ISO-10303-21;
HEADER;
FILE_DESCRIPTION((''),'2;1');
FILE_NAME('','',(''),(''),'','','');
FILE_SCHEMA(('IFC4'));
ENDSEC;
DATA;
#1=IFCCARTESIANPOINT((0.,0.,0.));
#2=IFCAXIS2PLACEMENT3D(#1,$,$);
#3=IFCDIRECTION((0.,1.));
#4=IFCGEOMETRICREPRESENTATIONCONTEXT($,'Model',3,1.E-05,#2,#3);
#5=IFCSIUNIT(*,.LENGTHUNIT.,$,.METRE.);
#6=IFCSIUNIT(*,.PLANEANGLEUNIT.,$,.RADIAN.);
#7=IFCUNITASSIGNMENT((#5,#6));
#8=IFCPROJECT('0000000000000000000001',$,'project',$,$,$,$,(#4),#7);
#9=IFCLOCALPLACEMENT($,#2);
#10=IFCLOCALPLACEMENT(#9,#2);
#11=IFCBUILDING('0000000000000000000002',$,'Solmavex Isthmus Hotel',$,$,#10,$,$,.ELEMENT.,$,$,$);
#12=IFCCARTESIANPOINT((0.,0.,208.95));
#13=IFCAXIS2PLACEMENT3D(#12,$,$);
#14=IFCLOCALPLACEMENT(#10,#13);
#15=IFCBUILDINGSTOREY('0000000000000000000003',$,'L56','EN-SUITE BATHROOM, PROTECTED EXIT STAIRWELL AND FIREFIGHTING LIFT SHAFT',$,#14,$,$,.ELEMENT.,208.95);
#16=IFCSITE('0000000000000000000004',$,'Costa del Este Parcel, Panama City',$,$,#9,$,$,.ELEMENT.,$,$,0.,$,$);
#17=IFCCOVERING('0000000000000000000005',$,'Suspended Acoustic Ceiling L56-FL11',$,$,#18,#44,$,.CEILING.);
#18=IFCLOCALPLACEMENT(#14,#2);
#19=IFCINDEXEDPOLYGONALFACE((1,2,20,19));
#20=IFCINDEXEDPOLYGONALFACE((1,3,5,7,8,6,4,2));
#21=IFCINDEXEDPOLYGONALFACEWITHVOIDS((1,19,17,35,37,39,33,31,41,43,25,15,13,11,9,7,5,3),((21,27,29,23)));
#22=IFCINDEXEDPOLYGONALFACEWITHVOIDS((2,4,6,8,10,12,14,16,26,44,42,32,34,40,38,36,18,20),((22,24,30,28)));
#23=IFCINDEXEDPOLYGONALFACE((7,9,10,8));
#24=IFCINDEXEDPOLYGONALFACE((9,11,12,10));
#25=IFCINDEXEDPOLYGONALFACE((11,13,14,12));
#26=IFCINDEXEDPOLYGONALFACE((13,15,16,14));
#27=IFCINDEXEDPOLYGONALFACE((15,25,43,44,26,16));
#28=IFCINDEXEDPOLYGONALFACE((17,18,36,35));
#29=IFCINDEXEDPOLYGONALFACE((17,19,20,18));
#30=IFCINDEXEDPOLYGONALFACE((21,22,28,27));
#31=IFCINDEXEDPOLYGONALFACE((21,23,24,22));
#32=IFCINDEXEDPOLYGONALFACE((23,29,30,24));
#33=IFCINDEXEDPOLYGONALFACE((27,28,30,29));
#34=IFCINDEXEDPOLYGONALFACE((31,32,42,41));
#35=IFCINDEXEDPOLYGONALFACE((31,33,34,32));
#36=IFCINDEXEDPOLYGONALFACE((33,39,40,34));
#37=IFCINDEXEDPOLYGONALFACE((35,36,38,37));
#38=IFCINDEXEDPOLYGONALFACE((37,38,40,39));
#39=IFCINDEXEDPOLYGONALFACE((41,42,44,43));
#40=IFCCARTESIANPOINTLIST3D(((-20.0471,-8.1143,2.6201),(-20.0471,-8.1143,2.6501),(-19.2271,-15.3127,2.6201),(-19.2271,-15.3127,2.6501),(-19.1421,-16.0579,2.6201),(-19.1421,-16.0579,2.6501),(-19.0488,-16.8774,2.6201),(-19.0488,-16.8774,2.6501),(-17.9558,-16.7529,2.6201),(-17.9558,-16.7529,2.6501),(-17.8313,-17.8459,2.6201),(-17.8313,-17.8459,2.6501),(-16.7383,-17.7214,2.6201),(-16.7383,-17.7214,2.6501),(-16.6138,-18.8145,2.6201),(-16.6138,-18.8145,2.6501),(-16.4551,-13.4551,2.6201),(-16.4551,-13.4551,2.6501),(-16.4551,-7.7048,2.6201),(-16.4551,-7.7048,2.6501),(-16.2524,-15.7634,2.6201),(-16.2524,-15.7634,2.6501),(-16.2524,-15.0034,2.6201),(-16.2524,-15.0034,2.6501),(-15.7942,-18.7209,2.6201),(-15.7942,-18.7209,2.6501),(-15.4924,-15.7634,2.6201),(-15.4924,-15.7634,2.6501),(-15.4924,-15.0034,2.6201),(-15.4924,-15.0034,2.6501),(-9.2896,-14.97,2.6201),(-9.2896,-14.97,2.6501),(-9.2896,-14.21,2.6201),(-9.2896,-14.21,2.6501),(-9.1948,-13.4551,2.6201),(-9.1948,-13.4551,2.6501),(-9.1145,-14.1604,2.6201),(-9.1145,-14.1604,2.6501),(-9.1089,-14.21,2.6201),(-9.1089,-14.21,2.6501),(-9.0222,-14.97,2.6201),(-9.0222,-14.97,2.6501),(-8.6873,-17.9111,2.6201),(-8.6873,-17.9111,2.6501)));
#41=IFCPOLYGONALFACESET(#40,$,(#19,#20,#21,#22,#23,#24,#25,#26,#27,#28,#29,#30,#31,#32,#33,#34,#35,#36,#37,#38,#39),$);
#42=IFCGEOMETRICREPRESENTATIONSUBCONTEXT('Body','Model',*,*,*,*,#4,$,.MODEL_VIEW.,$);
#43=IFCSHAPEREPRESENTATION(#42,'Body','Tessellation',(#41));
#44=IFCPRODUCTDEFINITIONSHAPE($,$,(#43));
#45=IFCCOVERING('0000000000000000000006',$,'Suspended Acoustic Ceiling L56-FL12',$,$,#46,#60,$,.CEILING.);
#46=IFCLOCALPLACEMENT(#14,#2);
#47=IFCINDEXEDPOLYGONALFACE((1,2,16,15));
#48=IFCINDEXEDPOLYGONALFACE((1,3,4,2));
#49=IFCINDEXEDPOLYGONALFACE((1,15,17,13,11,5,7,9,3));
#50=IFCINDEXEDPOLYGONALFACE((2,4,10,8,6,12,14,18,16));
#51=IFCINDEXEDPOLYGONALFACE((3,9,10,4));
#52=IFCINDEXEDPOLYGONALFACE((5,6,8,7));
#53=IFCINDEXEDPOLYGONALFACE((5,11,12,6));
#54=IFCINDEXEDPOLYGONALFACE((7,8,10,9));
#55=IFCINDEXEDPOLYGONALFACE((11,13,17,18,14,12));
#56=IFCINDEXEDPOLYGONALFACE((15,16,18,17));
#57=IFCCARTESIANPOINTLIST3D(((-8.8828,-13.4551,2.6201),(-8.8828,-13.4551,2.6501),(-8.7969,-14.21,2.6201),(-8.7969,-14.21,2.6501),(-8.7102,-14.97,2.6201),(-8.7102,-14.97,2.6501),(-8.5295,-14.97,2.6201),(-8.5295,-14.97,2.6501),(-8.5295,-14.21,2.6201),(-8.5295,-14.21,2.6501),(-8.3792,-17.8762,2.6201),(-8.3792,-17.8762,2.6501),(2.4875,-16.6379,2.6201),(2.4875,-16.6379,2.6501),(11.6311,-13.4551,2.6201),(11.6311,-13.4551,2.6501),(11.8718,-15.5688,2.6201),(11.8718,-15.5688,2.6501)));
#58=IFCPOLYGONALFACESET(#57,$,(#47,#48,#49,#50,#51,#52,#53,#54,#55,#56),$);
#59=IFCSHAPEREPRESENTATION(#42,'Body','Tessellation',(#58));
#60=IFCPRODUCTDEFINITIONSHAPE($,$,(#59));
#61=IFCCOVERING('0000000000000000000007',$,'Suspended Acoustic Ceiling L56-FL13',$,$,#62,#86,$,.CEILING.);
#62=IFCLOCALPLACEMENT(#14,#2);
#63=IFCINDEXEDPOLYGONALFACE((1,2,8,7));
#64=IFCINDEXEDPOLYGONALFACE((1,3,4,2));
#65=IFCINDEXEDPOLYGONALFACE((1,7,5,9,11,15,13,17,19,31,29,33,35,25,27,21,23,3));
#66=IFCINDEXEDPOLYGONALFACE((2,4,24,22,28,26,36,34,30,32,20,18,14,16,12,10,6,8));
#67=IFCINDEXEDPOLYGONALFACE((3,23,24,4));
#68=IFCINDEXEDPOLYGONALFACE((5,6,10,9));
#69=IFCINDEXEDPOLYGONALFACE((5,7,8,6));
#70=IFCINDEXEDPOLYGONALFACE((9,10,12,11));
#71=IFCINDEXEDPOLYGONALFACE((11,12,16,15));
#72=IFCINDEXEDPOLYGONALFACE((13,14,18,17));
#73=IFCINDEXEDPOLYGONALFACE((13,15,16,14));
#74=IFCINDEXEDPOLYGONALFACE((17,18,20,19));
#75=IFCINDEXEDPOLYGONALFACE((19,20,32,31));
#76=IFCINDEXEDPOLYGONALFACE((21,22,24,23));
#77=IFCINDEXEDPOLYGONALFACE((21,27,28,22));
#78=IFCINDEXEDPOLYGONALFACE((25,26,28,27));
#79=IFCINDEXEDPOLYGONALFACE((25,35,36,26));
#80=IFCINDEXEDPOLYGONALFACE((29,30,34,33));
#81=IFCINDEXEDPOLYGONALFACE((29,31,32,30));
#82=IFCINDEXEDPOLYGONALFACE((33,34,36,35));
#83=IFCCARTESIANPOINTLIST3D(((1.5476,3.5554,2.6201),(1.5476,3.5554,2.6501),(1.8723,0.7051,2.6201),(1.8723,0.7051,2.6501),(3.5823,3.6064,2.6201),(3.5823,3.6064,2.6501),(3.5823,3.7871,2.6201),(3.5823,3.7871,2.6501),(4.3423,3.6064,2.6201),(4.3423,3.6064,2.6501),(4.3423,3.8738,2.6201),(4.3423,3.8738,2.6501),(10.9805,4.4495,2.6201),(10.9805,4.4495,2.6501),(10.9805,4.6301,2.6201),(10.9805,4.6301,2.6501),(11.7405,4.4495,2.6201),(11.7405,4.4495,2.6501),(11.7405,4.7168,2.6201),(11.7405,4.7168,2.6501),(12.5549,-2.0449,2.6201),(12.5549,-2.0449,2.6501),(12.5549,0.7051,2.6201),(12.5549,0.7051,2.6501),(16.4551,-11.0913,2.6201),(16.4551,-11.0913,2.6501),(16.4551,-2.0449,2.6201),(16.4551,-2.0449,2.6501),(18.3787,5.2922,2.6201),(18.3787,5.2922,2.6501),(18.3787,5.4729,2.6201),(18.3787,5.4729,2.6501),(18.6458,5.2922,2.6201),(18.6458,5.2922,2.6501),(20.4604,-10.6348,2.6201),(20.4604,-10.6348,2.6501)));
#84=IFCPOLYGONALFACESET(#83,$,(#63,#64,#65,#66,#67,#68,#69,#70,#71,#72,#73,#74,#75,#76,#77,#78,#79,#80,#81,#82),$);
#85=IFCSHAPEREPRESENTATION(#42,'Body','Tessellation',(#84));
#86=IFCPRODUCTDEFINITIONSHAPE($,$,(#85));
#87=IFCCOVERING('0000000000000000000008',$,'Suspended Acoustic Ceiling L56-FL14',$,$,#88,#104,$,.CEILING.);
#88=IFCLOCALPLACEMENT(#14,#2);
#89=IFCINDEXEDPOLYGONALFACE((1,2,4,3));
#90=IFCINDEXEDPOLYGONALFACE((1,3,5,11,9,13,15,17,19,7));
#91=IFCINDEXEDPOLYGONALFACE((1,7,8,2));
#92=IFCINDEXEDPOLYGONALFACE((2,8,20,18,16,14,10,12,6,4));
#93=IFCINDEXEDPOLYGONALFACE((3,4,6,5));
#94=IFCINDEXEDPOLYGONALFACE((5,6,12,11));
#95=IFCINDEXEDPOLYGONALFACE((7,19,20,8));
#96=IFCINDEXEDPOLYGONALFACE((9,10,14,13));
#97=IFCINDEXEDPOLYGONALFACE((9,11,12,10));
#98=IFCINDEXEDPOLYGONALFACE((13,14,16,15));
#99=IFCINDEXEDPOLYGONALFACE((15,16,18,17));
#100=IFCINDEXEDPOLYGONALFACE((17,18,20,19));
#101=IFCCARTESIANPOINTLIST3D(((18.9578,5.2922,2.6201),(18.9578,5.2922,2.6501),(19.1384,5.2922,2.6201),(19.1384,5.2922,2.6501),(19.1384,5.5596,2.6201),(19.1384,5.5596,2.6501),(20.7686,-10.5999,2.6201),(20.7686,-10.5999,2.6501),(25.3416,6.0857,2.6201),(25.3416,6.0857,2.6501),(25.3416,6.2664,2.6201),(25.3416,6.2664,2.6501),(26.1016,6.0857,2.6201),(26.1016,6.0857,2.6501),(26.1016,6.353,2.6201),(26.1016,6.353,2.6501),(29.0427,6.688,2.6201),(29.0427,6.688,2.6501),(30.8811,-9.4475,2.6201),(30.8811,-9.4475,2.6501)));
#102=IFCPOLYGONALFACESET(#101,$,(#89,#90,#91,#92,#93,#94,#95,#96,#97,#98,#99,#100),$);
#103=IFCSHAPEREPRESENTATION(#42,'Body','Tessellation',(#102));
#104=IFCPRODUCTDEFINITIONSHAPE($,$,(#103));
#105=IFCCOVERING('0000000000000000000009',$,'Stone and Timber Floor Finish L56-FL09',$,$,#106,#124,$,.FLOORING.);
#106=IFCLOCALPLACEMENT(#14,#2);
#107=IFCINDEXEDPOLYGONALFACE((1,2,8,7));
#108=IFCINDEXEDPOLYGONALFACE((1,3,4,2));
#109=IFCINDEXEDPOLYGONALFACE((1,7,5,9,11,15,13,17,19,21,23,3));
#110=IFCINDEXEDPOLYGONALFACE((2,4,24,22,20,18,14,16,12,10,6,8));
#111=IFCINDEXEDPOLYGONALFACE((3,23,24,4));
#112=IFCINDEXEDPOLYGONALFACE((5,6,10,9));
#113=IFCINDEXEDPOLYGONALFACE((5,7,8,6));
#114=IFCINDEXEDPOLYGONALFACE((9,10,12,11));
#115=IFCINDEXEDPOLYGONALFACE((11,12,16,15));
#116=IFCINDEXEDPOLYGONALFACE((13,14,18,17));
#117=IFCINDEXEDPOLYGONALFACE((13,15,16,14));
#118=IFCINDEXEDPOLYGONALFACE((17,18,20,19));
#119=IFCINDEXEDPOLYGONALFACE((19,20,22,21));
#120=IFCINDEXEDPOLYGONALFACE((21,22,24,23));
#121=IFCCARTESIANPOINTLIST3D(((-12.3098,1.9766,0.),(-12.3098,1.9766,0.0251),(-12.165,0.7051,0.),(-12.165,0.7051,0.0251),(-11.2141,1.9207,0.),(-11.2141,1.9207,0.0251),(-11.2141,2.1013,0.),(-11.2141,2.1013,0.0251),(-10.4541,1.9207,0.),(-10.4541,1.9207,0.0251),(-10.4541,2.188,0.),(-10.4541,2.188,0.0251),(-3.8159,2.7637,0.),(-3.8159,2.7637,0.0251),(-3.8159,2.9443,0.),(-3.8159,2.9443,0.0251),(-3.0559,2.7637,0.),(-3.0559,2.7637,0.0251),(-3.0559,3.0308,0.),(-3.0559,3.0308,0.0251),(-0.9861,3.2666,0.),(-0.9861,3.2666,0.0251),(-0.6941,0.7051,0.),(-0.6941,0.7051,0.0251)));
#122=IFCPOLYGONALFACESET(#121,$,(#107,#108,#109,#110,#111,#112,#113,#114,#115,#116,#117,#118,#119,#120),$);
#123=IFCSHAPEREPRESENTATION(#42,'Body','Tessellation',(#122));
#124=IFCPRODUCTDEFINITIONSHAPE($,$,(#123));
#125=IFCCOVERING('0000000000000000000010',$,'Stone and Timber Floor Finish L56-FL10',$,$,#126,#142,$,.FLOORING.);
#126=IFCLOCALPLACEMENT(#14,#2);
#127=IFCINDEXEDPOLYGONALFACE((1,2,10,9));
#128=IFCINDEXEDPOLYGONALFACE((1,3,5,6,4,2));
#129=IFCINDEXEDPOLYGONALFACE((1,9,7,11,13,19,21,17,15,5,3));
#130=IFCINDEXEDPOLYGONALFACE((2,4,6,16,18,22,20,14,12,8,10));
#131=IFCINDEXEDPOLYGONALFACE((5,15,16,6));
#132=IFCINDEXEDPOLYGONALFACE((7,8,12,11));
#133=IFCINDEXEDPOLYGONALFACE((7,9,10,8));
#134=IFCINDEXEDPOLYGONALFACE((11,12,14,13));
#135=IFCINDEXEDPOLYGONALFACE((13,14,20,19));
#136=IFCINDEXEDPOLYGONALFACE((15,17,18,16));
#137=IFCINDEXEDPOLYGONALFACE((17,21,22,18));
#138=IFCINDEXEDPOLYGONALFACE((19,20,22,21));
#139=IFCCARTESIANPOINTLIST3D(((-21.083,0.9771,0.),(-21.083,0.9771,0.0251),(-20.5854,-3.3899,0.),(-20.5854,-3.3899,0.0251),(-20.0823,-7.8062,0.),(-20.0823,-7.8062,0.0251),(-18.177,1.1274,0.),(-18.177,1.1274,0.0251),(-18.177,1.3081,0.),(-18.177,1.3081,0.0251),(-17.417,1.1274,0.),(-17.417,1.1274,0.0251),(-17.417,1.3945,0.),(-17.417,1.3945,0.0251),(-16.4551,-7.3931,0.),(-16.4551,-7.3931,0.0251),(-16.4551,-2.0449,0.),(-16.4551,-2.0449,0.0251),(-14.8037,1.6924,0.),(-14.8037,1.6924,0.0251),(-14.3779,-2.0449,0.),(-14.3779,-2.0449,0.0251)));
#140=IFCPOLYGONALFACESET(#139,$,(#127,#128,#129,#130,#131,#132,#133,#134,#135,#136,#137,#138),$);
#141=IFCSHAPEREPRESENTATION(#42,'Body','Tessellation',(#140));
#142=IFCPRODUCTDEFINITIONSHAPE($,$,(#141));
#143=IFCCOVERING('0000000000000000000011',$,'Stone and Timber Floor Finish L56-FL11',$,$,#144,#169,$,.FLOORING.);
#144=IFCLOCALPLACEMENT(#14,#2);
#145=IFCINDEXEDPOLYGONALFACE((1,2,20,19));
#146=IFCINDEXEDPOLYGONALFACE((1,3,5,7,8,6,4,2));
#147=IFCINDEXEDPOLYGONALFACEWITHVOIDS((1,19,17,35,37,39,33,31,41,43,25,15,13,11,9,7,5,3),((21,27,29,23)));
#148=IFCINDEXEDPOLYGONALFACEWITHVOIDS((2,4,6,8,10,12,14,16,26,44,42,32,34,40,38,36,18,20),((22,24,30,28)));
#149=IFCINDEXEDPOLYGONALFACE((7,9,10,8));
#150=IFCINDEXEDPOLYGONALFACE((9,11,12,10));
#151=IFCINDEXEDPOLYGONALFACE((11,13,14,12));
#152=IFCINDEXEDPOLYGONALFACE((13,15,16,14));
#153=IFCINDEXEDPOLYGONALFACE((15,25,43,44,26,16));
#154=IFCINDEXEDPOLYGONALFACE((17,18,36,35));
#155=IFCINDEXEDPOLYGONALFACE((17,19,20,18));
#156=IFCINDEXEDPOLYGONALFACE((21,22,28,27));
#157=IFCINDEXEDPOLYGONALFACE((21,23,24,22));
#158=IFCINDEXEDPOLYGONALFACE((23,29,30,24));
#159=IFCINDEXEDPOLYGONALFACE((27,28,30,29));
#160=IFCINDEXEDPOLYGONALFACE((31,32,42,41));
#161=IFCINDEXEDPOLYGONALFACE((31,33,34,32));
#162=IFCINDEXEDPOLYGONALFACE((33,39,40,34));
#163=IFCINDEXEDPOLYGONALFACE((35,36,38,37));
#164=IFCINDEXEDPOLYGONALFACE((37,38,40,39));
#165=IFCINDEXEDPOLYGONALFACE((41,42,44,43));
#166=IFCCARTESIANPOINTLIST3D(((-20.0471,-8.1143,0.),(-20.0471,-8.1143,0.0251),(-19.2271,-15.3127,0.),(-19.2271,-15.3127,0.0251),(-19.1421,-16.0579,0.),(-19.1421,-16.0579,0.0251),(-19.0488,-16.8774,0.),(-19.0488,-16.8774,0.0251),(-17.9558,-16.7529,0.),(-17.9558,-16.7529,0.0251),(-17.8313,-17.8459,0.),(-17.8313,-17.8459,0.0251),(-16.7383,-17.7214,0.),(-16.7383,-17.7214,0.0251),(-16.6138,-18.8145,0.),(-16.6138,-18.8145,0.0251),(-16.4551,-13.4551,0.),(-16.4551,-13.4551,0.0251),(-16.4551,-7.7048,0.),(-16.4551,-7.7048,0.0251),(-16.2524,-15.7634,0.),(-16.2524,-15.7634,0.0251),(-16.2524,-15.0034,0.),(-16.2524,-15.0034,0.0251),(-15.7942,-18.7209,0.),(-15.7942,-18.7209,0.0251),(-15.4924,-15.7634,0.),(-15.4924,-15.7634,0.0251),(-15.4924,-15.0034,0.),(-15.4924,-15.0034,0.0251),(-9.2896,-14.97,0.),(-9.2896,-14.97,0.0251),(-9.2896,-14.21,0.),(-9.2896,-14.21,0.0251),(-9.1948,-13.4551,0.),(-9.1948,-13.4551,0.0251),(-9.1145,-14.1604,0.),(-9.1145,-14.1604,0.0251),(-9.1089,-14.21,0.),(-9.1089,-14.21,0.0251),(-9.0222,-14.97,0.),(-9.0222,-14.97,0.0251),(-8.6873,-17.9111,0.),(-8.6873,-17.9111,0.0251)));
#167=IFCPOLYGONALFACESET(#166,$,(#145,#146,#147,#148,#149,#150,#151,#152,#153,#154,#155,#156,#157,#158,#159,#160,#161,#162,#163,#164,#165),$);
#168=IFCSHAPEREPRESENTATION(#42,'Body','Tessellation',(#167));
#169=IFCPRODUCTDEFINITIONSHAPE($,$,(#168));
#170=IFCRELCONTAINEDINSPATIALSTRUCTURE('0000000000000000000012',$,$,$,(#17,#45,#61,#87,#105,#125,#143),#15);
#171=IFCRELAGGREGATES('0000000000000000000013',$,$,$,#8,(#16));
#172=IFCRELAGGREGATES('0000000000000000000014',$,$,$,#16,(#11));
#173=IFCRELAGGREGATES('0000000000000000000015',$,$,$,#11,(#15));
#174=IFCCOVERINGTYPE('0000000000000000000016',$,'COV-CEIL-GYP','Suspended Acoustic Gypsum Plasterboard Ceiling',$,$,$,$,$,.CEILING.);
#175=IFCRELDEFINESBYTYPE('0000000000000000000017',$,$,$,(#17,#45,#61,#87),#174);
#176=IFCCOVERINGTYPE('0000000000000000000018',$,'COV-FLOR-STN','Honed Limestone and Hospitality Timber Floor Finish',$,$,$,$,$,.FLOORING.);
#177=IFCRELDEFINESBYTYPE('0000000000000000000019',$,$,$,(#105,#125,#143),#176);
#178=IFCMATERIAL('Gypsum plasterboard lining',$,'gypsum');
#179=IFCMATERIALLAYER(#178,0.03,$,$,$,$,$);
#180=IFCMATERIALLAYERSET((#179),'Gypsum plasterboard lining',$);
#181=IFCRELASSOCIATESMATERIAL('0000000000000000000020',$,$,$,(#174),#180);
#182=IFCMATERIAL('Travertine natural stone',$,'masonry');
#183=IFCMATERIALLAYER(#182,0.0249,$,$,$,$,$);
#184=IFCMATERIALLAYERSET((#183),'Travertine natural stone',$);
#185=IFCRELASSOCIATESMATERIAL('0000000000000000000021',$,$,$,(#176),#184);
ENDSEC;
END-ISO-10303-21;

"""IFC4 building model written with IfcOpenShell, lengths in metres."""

from ifc_helpers import new_model, si_unit, direction, frame, origin, place, context, subcontext, project, spatial, polyline, outline, extrude, material, layer, layer_set, type_object, element, save


model = new_model("IFC4")

# Units and contexts
model_context = context("Model", 3, precision=1e-05, world=origin(), true_north=direction((0.0, 1.0)))
body_context = subcontext(model_context, "Body", "Model", "MODEL_VIEW")
ifc_project = project(units=[si_unit("LENGTHUNIT", "METRE"), si_unit("PLANEANGLEUNIT", "RADIAN")], contexts=[model_context])

# Site, building, storey
site_placement = place(None, origin())
site = spatial("IfcSite", under=ifc_project, at=site_placement, Name="Costa del Este Parcel, Panama City", CompositionType="ELEMENT", RefElevation=0.0)
building_placement = place(site_placement, origin())
building = spatial("IfcBuilding", under=site, at=building_placement, Name="Solmavex Isthmus Hotel", CompositionType="ELEMENT")
storey_placement = place(building_placement, frame((0.0, 0.0, 208.95)))
storey = spatial("IfcBuildingStorey", under=building, at=storey_placement, Name="L56", Description="EN-SUITE BATHROOM, PROTECTED EXIT STAIRWELL AND FIREFIGHTING LIFT SHAFT", CompositionType="ELEMENT", Elevation=208.95)

# Shared definitions
ifc_material_1 = material(Name="Gypsum plasterboard lining", Category="gypsum")

# Coverings
ifc_layer_1 = layer(ifc_material_1, 0.03)
ifc_layer_set_1 = layer_set([ifc_layer_1], Name="Gypsum plasterboard lining")
covering_type_1 = type_object("IfcCoveringType", Name="COV-CEIL-GYP", Description="Suspended Acoustic Gypsum Plasterboard Ceiling", PredefinedType="CEILING", material=ifc_layer_set_1)
covering_1_placement = place(storey_placement, frame((0.0, 0.0, 2.6201)))
element("IfcCovering", 1, at=covering_1_placement, inside=storey, type_object=covering_type_1, Name="Suspended Acoustic Ceiling L56-FL11", PredefinedType="CEILING", context=body_context, shape_type="SweptSolid", body=[
    extrude(outline(polyline([(-9.0222, -14.97), (-9.2896, -14.97), (-9.2896, -14.21), (-9.1089, -14.21), (-9.1145, -14.1604), (-9.1948, -13.4551), (-16.4551, -13.4551), (-16.4551, -7.7048), (-20.0471, -8.1143), (-19.2271, -15.3127), (-19.1421, -16.0579), (-19.0488, -16.8774), (-17.9558, -16.7529), (-17.8313, -17.8459), (-16.7383, -17.7214), (-16.6138, -18.8145), (-15.7942, -18.7209), (-8.6873, -17.9111), (-9.0222, -14.97)]), holes=[polyline([(-16.2524, -15.7634), (-16.2524, -15.0034), (-15.4924, -15.0034), (-15.4924, -15.7634), (-16.2524, -15.7634)])]), origin(), (0.0, 0.0, 1.0), 0.03),
])
covering_2_placement = place(storey_placement, frame((0.0, 0.0, 2.6201)))
element("IfcCovering", 2, at=covering_2_placement, inside=storey, type_object=covering_type_1, Name="Suspended Acoustic Ceiling L56-FL12", PredefinedType="CEILING", context=body_context, shape_type="SweptSolid", body=[
    extrude(outline(polyline([(-8.7969, -14.21), (-8.5295, -14.21), (-8.5295, -14.97), (-8.7102, -14.97), (-8.3792, -17.8762), (2.4875, -16.6379), (11.8718, -15.5688), (11.6311, -13.4551), (-8.8828, -13.4551), (-8.7969, -14.21)])), origin(), (0.0, 0.0, 1.0), 0.03),
])
covering_3_placement = place(storey_placement, frame((0.0, 0.0, 2.6201)))
element("IfcCovering", 3, at=covering_3_placement, inside=storey, type_object=covering_type_1, Name="Suspended Acoustic Ceiling L56-FL13", PredefinedType="CEILING", context=body_context, shape_type="SweptSolid", body=[
    extrude(outline(polyline([(4.3423, 3.8738), (4.3423, 3.6064), (3.5823, 3.6064), (3.5823, 3.7871), (1.5476, 3.5554), (1.8723, 0.7051), (12.5549, 0.7051), (12.5549, -2.0449), (16.4551, -2.0449), (16.4551, -11.0913), (20.4604, -10.6348), (18.6458, 5.2922), (18.3787, 5.2922), (18.3787, 5.4729), (11.7405, 4.7168), (11.7405, 4.4495), (10.9805, 4.4495), (10.9805, 4.6301), (4.3423, 3.8738)])), origin(), (0.0, 0.0, 1.0), 0.03),
])
covering_4_placement = place(storey_placement, frame((0.0, 0.0, 2.6201)))
element("IfcCovering", 4, at=covering_4_placement, inside=storey, type_object=covering_type_1, Name="Suspended Acoustic Ceiling L56-FL14", PredefinedType="CEILING", context=body_context, shape_type="SweptSolid", body=[
    extrude(outline(polyline([(19.1384, 5.5596), (19.1384, 5.2922), (18.9578, 5.2922), (20.7686, -10.5999), (30.8811, -9.4475), (29.0427, 6.688), (26.1016, 6.353), (26.1016, 6.0857), (25.3416, 6.0857), (25.3416, 6.2664), (19.1384, 5.5596)])), origin(), (0.0, 0.0, 1.0), 0.03),
])
ifc_material_2 = material(Name="Travertine natural stone", Category="masonry")
ifc_layer_2 = layer(ifc_material_2, 0.0249)
ifc_layer_set_2 = layer_set([ifc_layer_2], Name="Travertine natural stone")
covering_type_2 = type_object("IfcCoveringType", Name="COV-FLOR-STN", Description="Honed Limestone and Hospitality Timber Floor Finish", PredefinedType="FLOORING", material=ifc_layer_set_2)
covering_5_placement = place(storey_placement, origin())
element("IfcCovering", 5, at=covering_5_placement, inside=storey, type_object=covering_type_2, Name="Stone and Timber Floor Finish L56-FL09", PredefinedType="FLOORING", context=body_context, shape_type="SweptSolid", body=[
    extrude(outline(polyline([(-10.4541, 2.188), (-10.4541, 1.9207), (-11.2141, 1.9207), (-11.2141, 2.1013), (-12.3098, 1.9766), (-12.165, 0.7051), (-0.6941, 0.7051), (-0.9861, 3.2666), (-3.0559, 3.0308), (-3.0559, 2.7637), (-3.8159, 2.7637), (-3.8159, 2.9443), (-10.4541, 2.188)])), origin(), (0.0, 0.0, 1.0), 0.0251),
])
covering_6_placement = place(storey_placement, origin())
element("IfcCovering", 6, at=covering_6_placement, inside=storey, type_object=covering_type_2, Name="Stone and Timber Floor Finish L56-FL10", PredefinedType="FLOORING", context=body_context, shape_type="SweptSolid", body=[
    extrude(outline(polyline([(-17.417, 1.3945), (-17.417, 1.1274), (-18.177, 1.1274), (-18.177, 1.3081), (-21.083, 0.9771), (-20.5854, -3.3899), (-20.0823, -7.8062), (-16.4551, -7.3931), (-16.4551, -2.0449), (-14.3779, -2.0449), (-14.8037, 1.6924), (-17.417, 1.3945)])), origin(), (0.0, 0.0, 1.0), 0.0251),
])
covering_7_placement = place(storey_placement, origin())
element("IfcCovering", 7, at=covering_7_placement, inside=storey, type_object=covering_type_2, Name="Stone and Timber Floor Finish L56-FL11", PredefinedType="FLOORING", context=body_context, shape_type="SweptSolid", body=[
    extrude(outline(polyline([(-9.0222, -14.97), (-9.2896, -14.97), (-9.2896, -14.21), (-9.1089, -14.21), (-9.1145, -14.1604), (-9.1948, -13.4551), (-16.4551, -13.4551), (-16.4551, -7.7048), (-20.0471, -8.1143), (-19.2271, -15.3127), (-19.1421, -16.0579), (-19.0488, -16.8774), (-17.9558, -16.7529), (-17.8313, -17.8459), (-16.7383, -17.7214), (-16.6138, -18.8145), (-15.7942, -18.7209), (-8.6873, -17.9111), (-9.0222, -14.97)]), holes=[polyline([(-16.2524, -15.7634), (-16.2524, -15.0034), (-15.4924, -15.0034), (-15.4924, -15.7634), (-16.2524, -15.7634)])]), origin(), (0.0, 0.0, 1.0), 0.0251),
])

save(model, "model.ifc")
